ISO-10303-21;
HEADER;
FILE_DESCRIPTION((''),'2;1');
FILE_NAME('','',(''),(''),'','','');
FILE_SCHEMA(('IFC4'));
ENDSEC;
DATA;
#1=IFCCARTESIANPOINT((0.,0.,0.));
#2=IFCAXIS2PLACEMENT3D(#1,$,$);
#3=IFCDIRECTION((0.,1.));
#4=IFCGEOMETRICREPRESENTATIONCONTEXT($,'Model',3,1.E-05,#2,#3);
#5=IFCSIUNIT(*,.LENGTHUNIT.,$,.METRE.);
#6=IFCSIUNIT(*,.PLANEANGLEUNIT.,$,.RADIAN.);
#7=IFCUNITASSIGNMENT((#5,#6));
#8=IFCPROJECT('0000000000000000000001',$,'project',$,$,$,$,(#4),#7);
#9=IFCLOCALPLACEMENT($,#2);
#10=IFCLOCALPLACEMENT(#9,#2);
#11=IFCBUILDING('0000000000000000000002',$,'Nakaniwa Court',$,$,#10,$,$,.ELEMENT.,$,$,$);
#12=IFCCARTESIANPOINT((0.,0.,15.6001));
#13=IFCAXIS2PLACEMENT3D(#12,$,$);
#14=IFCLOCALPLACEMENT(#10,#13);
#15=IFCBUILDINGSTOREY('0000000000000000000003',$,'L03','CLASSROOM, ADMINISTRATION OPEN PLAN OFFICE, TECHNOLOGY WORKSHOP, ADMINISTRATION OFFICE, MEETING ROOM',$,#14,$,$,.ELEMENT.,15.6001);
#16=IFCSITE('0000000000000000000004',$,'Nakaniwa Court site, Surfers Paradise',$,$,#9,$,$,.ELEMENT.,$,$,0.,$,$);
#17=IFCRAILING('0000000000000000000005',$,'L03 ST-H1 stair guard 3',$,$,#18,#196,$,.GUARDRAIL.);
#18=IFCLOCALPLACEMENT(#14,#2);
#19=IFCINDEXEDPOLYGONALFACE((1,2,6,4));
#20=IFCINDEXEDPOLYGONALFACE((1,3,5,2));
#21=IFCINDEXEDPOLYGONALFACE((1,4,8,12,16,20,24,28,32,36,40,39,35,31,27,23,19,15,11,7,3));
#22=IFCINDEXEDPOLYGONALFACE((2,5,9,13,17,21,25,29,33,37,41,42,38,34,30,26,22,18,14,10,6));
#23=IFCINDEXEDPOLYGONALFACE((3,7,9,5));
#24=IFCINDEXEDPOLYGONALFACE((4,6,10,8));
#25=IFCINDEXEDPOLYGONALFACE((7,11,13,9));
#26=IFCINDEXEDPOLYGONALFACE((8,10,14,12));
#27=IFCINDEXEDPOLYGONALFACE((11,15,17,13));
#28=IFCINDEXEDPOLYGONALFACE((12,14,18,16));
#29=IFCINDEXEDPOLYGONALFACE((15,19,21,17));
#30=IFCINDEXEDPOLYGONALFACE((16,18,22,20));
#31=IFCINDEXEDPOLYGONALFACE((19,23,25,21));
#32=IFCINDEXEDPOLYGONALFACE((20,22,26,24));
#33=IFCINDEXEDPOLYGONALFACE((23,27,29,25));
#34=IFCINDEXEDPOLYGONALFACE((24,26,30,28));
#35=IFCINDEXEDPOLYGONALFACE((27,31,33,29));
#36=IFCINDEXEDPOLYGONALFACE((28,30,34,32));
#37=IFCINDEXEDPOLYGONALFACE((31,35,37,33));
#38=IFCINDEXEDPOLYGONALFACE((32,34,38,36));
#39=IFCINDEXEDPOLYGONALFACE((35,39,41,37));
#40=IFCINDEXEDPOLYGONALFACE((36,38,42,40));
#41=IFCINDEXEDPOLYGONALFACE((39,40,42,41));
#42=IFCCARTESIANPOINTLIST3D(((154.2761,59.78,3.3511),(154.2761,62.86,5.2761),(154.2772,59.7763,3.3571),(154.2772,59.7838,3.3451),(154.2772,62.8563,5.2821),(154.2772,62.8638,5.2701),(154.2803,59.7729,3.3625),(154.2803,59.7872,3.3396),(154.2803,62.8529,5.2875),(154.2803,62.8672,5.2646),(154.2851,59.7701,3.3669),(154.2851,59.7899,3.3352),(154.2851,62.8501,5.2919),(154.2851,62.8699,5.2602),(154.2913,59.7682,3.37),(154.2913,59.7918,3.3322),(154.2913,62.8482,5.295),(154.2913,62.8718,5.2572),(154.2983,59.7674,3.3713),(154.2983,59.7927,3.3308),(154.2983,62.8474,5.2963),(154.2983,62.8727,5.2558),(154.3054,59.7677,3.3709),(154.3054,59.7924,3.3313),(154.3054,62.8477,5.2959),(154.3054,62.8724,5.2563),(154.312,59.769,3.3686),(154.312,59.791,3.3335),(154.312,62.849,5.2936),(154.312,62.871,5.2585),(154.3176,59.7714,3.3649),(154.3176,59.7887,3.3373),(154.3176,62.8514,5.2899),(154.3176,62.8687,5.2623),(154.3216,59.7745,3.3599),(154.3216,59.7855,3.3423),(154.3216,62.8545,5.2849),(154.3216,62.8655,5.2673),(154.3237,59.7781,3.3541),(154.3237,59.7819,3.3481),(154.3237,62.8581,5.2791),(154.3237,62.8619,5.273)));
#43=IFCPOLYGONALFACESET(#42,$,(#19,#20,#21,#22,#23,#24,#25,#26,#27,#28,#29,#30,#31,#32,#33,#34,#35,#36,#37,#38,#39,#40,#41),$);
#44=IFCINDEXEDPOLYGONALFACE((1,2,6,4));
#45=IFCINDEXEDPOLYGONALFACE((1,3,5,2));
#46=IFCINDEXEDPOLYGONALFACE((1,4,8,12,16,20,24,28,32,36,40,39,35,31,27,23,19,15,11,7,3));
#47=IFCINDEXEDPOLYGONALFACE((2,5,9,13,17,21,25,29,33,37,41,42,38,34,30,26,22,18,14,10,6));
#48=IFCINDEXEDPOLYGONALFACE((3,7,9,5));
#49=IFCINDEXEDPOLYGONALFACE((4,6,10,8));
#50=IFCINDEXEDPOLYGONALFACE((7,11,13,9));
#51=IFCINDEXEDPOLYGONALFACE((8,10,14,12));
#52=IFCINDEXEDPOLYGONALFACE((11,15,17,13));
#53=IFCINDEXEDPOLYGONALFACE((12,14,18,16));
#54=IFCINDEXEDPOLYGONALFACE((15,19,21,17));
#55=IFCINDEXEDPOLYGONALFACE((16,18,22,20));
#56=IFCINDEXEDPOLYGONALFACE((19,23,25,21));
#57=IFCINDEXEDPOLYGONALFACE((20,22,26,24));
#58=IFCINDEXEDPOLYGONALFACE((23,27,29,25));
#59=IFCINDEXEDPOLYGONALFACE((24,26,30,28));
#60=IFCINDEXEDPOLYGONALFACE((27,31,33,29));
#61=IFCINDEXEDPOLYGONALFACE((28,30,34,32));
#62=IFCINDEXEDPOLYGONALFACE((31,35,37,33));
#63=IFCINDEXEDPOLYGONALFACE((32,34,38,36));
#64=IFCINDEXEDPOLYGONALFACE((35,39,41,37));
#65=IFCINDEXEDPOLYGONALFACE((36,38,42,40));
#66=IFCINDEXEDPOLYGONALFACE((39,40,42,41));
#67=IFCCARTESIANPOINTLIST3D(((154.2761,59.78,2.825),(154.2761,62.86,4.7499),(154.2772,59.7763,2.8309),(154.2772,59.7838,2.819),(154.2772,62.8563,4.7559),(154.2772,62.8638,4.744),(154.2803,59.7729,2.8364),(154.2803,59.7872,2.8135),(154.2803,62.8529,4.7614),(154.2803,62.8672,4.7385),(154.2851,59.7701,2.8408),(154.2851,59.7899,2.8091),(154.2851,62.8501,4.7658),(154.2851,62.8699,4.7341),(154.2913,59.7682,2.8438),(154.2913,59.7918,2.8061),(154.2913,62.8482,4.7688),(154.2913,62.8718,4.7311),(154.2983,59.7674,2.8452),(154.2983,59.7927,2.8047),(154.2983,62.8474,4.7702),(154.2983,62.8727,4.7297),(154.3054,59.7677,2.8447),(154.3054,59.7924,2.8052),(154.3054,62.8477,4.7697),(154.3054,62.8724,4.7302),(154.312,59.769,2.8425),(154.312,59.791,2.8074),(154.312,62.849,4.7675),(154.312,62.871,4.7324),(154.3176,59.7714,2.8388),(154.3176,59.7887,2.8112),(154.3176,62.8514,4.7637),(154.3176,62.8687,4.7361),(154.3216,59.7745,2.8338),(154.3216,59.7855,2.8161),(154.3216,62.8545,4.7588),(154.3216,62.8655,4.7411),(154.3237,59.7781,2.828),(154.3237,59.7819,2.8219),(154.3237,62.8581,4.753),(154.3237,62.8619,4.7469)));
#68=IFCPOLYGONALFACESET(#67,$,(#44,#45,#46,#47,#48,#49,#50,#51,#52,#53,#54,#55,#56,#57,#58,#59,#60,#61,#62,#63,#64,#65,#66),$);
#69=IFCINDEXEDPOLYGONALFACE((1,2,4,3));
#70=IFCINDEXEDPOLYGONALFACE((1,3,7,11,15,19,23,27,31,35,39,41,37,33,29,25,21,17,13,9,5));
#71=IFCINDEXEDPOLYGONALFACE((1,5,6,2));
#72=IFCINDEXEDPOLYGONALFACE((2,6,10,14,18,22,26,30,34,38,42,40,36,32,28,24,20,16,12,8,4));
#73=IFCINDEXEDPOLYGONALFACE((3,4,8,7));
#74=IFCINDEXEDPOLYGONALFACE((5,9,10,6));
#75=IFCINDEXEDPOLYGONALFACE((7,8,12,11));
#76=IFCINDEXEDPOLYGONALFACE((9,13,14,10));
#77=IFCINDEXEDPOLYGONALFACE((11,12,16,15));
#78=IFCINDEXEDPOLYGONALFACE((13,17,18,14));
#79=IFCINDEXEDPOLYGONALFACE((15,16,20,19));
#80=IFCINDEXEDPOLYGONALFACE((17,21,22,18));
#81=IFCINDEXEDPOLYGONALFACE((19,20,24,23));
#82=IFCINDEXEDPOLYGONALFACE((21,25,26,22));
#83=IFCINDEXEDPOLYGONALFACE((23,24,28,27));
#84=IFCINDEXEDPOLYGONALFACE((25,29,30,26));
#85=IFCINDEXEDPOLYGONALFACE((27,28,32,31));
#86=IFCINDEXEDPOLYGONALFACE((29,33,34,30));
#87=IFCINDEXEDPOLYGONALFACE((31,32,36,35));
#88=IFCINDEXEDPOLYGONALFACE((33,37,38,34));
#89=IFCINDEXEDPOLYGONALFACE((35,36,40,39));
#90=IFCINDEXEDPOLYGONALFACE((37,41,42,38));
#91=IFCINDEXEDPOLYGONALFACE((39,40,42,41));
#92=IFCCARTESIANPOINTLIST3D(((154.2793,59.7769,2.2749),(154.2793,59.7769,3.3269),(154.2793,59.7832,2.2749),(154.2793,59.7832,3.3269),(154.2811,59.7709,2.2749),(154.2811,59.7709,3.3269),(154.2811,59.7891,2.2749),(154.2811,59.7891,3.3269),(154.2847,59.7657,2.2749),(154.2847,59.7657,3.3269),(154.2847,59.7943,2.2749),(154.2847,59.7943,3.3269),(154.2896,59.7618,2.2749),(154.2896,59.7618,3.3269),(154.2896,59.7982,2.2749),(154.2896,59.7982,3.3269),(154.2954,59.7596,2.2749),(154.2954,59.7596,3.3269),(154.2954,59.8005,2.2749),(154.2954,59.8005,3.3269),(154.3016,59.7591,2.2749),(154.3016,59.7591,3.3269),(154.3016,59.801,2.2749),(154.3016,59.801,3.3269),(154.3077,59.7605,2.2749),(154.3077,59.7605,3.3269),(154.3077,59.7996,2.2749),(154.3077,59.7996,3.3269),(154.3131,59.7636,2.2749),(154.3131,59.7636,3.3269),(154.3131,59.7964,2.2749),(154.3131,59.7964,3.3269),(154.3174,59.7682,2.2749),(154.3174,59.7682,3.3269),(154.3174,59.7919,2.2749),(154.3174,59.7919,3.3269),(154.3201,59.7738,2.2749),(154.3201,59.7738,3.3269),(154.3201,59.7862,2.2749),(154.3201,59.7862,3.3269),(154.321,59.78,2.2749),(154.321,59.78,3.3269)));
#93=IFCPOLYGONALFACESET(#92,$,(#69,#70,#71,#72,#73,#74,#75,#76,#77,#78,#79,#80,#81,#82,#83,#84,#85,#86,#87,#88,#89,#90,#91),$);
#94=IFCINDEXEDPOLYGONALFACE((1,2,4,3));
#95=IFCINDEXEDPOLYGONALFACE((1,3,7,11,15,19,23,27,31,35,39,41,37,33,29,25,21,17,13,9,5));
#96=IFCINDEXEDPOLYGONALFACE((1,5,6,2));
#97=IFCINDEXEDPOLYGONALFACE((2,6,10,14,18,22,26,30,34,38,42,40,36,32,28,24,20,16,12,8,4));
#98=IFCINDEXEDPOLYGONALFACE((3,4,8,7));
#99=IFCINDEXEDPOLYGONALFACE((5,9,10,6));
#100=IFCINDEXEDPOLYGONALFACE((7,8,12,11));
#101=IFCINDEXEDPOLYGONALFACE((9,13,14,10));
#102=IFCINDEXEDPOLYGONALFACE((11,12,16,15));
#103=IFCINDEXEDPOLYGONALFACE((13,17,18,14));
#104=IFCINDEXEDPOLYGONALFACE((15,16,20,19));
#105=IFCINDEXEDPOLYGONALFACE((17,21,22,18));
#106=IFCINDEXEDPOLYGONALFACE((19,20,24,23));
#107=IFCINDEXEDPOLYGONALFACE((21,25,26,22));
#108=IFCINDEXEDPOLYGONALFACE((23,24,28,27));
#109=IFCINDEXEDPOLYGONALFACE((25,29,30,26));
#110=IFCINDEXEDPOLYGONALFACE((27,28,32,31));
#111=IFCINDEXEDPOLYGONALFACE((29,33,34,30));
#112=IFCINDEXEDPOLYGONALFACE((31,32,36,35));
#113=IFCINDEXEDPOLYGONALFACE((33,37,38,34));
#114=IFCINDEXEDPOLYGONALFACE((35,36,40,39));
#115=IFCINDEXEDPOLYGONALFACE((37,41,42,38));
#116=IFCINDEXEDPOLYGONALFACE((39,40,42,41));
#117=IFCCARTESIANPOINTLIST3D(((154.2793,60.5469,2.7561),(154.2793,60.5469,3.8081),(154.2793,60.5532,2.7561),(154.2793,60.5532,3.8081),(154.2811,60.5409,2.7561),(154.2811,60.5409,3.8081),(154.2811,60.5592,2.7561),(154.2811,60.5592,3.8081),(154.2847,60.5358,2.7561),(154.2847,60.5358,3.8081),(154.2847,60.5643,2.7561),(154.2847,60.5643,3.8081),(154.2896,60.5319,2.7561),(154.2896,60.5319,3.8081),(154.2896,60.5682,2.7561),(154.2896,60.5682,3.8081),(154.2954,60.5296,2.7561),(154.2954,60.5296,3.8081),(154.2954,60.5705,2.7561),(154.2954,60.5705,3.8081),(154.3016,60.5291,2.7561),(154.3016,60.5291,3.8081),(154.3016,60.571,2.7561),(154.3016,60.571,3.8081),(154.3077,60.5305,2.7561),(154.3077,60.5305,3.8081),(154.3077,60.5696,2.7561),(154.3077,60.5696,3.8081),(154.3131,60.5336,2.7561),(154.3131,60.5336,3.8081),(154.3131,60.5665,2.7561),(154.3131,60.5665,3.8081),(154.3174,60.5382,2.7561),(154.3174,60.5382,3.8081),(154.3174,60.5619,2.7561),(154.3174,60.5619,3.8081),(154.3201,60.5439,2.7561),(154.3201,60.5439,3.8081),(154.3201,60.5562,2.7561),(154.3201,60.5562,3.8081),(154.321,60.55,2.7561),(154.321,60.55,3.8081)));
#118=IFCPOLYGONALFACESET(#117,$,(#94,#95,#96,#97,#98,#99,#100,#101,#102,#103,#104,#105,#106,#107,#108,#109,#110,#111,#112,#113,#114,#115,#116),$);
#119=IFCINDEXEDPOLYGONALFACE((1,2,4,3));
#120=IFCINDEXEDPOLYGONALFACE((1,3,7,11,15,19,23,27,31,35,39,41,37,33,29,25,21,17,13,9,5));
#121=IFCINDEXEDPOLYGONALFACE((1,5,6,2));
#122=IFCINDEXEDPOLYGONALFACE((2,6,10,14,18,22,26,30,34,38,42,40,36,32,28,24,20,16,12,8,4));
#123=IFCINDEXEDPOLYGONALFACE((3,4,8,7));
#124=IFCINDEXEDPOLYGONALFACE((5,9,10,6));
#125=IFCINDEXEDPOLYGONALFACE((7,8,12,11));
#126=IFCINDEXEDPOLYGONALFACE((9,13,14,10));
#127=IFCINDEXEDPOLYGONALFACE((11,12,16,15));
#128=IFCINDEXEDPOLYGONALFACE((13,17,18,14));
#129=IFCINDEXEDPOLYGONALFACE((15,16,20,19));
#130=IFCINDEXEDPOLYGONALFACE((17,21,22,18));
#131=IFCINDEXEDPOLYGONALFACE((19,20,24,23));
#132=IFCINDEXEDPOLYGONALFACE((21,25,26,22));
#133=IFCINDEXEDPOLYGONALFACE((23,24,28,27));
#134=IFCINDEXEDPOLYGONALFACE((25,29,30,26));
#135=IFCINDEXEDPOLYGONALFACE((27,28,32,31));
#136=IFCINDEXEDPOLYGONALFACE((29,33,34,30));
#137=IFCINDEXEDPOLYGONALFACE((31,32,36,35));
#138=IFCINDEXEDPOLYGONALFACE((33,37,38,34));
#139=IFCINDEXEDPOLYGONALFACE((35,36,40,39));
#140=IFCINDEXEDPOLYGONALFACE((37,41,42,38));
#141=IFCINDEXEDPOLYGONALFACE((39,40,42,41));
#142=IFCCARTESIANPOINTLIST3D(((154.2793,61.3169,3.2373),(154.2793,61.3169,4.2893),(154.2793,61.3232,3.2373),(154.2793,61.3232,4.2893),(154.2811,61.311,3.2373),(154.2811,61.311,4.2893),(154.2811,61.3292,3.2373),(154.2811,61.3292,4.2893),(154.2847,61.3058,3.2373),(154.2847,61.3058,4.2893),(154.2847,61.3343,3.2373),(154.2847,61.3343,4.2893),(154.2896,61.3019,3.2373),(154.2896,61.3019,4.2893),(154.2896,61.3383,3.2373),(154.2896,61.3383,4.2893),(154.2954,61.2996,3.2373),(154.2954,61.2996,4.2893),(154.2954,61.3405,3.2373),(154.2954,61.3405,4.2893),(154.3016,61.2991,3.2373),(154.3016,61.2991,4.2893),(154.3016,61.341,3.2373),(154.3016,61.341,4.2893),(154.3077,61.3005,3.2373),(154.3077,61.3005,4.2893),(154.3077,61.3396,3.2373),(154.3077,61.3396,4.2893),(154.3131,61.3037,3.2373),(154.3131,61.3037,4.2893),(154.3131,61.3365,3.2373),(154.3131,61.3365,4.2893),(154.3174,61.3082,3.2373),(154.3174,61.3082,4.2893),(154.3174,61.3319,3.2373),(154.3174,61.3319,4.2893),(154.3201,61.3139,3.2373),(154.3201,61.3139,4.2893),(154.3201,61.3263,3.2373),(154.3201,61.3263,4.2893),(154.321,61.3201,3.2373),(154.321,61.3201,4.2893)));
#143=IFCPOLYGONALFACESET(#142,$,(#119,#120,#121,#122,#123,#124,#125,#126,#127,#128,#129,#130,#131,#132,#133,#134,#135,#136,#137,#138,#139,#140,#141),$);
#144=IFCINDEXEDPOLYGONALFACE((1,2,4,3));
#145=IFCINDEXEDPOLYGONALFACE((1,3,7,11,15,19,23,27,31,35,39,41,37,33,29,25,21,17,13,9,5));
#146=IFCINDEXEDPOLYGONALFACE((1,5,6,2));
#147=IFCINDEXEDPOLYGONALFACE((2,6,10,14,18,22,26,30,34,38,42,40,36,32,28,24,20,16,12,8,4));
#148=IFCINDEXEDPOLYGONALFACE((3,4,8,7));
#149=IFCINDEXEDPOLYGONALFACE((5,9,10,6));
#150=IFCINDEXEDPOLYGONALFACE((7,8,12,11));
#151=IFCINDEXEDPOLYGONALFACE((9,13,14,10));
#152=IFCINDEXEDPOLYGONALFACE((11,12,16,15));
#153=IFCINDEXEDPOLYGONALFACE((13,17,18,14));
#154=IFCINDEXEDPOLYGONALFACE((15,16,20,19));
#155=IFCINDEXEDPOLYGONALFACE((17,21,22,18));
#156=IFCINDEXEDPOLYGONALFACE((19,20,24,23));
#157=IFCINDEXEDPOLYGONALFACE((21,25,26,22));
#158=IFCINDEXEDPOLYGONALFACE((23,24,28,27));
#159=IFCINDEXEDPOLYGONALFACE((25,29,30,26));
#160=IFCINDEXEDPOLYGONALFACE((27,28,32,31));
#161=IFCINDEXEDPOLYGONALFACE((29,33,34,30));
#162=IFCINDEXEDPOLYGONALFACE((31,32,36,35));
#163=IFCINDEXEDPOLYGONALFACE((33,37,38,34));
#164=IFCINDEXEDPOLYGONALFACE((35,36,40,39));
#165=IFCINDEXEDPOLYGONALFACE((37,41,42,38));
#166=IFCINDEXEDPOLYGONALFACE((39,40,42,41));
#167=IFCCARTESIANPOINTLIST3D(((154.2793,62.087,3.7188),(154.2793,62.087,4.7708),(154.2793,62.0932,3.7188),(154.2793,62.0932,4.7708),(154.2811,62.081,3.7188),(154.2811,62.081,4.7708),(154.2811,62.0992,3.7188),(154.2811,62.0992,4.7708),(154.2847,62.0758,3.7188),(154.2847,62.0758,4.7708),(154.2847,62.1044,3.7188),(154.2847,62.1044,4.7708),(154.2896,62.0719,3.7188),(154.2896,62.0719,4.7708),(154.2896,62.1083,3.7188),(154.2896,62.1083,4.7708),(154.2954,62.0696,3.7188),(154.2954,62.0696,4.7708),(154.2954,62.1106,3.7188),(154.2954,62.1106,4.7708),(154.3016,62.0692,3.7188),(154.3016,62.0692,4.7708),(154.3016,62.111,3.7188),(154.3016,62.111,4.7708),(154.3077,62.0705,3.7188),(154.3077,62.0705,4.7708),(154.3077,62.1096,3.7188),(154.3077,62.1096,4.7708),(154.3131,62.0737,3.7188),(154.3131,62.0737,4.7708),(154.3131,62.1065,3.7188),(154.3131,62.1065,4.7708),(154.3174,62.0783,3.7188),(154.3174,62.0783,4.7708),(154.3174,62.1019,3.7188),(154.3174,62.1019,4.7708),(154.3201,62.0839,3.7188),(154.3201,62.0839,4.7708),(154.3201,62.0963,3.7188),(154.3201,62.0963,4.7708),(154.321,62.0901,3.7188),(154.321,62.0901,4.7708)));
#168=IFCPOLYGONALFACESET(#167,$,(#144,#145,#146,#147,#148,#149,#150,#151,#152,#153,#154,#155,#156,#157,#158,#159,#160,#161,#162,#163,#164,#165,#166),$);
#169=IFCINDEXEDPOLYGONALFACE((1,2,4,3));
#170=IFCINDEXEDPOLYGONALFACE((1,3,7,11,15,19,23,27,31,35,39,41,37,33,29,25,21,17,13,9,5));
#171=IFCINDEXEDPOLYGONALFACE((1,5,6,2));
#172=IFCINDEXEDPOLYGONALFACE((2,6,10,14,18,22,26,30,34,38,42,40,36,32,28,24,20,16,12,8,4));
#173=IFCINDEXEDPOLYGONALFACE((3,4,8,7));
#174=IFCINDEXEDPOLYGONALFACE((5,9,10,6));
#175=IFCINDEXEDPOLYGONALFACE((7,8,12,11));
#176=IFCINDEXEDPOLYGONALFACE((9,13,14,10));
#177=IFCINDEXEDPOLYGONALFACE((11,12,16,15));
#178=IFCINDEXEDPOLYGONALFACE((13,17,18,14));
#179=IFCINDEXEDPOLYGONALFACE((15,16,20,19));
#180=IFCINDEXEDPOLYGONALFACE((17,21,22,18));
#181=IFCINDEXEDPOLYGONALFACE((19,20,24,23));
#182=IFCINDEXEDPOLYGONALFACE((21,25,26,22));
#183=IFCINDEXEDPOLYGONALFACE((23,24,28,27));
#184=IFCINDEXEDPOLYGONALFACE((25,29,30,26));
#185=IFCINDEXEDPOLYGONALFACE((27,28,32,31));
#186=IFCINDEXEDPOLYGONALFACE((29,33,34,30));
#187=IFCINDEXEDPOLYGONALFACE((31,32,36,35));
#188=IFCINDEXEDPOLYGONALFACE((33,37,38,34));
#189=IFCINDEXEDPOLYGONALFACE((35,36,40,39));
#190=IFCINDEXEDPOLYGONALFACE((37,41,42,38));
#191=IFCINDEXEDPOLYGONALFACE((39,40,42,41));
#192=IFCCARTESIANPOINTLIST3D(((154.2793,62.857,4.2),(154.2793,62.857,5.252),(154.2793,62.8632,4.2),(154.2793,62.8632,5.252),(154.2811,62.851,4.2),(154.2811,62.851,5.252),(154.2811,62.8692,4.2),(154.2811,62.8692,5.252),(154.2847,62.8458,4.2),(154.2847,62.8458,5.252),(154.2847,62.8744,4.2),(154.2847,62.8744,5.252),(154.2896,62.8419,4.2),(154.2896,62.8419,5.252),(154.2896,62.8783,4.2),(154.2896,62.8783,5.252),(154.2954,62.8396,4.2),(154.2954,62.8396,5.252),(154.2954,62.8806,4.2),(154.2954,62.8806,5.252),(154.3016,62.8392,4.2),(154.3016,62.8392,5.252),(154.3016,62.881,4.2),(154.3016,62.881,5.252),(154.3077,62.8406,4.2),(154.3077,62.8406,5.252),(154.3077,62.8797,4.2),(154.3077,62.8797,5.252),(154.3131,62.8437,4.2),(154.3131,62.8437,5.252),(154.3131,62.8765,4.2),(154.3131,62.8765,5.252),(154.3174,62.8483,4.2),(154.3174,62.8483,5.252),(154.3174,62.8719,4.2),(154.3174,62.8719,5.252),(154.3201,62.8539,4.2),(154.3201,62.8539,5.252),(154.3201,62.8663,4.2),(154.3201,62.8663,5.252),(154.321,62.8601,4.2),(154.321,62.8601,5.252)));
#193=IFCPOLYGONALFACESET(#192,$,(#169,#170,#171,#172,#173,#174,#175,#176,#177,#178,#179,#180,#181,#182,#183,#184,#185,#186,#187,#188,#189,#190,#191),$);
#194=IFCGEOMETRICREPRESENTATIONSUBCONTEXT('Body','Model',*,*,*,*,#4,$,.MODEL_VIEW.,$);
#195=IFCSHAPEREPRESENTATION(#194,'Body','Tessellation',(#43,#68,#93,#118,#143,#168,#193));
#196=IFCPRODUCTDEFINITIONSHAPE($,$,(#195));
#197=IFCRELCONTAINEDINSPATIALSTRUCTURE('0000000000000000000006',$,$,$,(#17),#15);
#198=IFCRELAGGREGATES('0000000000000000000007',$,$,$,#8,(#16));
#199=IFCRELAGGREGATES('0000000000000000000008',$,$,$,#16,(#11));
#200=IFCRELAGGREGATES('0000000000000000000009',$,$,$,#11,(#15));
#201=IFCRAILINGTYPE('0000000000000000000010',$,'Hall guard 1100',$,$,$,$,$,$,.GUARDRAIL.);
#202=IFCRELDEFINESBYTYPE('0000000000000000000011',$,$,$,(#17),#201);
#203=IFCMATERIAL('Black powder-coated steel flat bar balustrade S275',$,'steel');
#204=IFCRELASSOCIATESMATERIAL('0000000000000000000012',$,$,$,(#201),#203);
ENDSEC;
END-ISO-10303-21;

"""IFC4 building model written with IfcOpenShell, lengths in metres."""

from ifc_helpers import new_model, si_unit, direction, frame, origin, origin_2d, place, context, subcontext, project, spatial, circle, extrude, material, type_object, element, save


model = new_model("IFC4")

# Units and contexts
model_context = context("Model", 3, precision=1e-05, world=origin(), true_north=direction((0.0, 1.0)))
body_context = subcontext(model_context, "Body", "Model", "MODEL_VIEW")
ifc_project = project(units=[si_unit("LENGTHUNIT", "METRE"), si_unit("PLANEANGLEUNIT", "RADIAN")], contexts=[model_context])

# Site, building, storey
site_placement = place(None, origin())
site = spatial("IfcSite", under=ifc_project, at=site_placement, Name="Nakaniwa Court site, Surfers Paradise", CompositionType="ELEMENT", RefElevation=0.0)
building_placement = place(site_placement, origin())
building = spatial("IfcBuilding", under=site, at=building_placement, Name="Nakaniwa Court", CompositionType="ELEMENT")
storey_placement = place(building_placement, frame((0.0, 0.0, 15.6001)))
storey = spatial("IfcBuildingStorey", under=building, at=storey_placement, Name="L03", Description="CLASSROOM, ADMINISTRATION OPEN PLAN OFFICE, TECHNOLOGY WORKSHOP, ADMINISTRATION OFFICE, MEETING ROOM", CompositionType="ELEMENT", Elevation=15.6001)

# Railing
ifc_material_1 = material(Name="Black powder-coated steel flat bar balustrade S275", Category="steel")
railing_type_1 = type_object("IfcRailingType", Name="Hall guard 1100", PredefinedType="GUARDRAIL", material=ifc_material_1)
railing_1_placement = place(storey_placement, frame((154.3, 59.78, 2.2749)))
element("IfcRailing", 1, at=railing_1_placement, inside=storey, type_object=railing_type_1, Name="L03 ST-H1 stair guard 3", PredefinedType="GUARDRAIL", context=body_context, shape_type="SweptSolid", body=[
    extrude(circle(Radius=0.0239, at=origin_2d()), frame((0.0, 0.0, 1.0762), z_axis=(0.0, 0.847998, 0.529999), x_axis=(-1.0, 0.0, 0.0)), (0.0, 0.0, 1.0), 3.6321),
    extrude(circle(Radius=0.0239, at=origin_2d()), frame((0.0, 0.0, 0.55), z_axis=(0.0, 0.847998, 0.529999), x_axis=(-1.0, 0.0, 0.0)), (0.0, 0.0, 1.0), 3.6321),
    extrude(circle(Radius=0.021, at=origin_2d()), origin(), (0.0, 0.0, 1.0), 1.052),
    extrude(circle(Radius=0.021, at=origin_2d()), frame((0.0, 0.77, 0.4812)), (0.0, 0.0, 1.0), 1.052),
    extrude(circle(Radius=0.021, at=origin_2d()), frame((0.0, 1.54, 0.9624)), (0.0, 0.0, 1.0), 1.052),
    extrude(circle(Radius=0.021, at=origin_2d()), frame((0.0, 2.3101, 1.4438)), (0.0, 0.0, 1.0), 1.052),
    extrude(circle(Radius=0.021, at=origin_2d()), frame((0.0, 3.0801, 1.925)), (0.0, 0.0, 1.0), 1.052),
])

save(model, "model.ifc")
